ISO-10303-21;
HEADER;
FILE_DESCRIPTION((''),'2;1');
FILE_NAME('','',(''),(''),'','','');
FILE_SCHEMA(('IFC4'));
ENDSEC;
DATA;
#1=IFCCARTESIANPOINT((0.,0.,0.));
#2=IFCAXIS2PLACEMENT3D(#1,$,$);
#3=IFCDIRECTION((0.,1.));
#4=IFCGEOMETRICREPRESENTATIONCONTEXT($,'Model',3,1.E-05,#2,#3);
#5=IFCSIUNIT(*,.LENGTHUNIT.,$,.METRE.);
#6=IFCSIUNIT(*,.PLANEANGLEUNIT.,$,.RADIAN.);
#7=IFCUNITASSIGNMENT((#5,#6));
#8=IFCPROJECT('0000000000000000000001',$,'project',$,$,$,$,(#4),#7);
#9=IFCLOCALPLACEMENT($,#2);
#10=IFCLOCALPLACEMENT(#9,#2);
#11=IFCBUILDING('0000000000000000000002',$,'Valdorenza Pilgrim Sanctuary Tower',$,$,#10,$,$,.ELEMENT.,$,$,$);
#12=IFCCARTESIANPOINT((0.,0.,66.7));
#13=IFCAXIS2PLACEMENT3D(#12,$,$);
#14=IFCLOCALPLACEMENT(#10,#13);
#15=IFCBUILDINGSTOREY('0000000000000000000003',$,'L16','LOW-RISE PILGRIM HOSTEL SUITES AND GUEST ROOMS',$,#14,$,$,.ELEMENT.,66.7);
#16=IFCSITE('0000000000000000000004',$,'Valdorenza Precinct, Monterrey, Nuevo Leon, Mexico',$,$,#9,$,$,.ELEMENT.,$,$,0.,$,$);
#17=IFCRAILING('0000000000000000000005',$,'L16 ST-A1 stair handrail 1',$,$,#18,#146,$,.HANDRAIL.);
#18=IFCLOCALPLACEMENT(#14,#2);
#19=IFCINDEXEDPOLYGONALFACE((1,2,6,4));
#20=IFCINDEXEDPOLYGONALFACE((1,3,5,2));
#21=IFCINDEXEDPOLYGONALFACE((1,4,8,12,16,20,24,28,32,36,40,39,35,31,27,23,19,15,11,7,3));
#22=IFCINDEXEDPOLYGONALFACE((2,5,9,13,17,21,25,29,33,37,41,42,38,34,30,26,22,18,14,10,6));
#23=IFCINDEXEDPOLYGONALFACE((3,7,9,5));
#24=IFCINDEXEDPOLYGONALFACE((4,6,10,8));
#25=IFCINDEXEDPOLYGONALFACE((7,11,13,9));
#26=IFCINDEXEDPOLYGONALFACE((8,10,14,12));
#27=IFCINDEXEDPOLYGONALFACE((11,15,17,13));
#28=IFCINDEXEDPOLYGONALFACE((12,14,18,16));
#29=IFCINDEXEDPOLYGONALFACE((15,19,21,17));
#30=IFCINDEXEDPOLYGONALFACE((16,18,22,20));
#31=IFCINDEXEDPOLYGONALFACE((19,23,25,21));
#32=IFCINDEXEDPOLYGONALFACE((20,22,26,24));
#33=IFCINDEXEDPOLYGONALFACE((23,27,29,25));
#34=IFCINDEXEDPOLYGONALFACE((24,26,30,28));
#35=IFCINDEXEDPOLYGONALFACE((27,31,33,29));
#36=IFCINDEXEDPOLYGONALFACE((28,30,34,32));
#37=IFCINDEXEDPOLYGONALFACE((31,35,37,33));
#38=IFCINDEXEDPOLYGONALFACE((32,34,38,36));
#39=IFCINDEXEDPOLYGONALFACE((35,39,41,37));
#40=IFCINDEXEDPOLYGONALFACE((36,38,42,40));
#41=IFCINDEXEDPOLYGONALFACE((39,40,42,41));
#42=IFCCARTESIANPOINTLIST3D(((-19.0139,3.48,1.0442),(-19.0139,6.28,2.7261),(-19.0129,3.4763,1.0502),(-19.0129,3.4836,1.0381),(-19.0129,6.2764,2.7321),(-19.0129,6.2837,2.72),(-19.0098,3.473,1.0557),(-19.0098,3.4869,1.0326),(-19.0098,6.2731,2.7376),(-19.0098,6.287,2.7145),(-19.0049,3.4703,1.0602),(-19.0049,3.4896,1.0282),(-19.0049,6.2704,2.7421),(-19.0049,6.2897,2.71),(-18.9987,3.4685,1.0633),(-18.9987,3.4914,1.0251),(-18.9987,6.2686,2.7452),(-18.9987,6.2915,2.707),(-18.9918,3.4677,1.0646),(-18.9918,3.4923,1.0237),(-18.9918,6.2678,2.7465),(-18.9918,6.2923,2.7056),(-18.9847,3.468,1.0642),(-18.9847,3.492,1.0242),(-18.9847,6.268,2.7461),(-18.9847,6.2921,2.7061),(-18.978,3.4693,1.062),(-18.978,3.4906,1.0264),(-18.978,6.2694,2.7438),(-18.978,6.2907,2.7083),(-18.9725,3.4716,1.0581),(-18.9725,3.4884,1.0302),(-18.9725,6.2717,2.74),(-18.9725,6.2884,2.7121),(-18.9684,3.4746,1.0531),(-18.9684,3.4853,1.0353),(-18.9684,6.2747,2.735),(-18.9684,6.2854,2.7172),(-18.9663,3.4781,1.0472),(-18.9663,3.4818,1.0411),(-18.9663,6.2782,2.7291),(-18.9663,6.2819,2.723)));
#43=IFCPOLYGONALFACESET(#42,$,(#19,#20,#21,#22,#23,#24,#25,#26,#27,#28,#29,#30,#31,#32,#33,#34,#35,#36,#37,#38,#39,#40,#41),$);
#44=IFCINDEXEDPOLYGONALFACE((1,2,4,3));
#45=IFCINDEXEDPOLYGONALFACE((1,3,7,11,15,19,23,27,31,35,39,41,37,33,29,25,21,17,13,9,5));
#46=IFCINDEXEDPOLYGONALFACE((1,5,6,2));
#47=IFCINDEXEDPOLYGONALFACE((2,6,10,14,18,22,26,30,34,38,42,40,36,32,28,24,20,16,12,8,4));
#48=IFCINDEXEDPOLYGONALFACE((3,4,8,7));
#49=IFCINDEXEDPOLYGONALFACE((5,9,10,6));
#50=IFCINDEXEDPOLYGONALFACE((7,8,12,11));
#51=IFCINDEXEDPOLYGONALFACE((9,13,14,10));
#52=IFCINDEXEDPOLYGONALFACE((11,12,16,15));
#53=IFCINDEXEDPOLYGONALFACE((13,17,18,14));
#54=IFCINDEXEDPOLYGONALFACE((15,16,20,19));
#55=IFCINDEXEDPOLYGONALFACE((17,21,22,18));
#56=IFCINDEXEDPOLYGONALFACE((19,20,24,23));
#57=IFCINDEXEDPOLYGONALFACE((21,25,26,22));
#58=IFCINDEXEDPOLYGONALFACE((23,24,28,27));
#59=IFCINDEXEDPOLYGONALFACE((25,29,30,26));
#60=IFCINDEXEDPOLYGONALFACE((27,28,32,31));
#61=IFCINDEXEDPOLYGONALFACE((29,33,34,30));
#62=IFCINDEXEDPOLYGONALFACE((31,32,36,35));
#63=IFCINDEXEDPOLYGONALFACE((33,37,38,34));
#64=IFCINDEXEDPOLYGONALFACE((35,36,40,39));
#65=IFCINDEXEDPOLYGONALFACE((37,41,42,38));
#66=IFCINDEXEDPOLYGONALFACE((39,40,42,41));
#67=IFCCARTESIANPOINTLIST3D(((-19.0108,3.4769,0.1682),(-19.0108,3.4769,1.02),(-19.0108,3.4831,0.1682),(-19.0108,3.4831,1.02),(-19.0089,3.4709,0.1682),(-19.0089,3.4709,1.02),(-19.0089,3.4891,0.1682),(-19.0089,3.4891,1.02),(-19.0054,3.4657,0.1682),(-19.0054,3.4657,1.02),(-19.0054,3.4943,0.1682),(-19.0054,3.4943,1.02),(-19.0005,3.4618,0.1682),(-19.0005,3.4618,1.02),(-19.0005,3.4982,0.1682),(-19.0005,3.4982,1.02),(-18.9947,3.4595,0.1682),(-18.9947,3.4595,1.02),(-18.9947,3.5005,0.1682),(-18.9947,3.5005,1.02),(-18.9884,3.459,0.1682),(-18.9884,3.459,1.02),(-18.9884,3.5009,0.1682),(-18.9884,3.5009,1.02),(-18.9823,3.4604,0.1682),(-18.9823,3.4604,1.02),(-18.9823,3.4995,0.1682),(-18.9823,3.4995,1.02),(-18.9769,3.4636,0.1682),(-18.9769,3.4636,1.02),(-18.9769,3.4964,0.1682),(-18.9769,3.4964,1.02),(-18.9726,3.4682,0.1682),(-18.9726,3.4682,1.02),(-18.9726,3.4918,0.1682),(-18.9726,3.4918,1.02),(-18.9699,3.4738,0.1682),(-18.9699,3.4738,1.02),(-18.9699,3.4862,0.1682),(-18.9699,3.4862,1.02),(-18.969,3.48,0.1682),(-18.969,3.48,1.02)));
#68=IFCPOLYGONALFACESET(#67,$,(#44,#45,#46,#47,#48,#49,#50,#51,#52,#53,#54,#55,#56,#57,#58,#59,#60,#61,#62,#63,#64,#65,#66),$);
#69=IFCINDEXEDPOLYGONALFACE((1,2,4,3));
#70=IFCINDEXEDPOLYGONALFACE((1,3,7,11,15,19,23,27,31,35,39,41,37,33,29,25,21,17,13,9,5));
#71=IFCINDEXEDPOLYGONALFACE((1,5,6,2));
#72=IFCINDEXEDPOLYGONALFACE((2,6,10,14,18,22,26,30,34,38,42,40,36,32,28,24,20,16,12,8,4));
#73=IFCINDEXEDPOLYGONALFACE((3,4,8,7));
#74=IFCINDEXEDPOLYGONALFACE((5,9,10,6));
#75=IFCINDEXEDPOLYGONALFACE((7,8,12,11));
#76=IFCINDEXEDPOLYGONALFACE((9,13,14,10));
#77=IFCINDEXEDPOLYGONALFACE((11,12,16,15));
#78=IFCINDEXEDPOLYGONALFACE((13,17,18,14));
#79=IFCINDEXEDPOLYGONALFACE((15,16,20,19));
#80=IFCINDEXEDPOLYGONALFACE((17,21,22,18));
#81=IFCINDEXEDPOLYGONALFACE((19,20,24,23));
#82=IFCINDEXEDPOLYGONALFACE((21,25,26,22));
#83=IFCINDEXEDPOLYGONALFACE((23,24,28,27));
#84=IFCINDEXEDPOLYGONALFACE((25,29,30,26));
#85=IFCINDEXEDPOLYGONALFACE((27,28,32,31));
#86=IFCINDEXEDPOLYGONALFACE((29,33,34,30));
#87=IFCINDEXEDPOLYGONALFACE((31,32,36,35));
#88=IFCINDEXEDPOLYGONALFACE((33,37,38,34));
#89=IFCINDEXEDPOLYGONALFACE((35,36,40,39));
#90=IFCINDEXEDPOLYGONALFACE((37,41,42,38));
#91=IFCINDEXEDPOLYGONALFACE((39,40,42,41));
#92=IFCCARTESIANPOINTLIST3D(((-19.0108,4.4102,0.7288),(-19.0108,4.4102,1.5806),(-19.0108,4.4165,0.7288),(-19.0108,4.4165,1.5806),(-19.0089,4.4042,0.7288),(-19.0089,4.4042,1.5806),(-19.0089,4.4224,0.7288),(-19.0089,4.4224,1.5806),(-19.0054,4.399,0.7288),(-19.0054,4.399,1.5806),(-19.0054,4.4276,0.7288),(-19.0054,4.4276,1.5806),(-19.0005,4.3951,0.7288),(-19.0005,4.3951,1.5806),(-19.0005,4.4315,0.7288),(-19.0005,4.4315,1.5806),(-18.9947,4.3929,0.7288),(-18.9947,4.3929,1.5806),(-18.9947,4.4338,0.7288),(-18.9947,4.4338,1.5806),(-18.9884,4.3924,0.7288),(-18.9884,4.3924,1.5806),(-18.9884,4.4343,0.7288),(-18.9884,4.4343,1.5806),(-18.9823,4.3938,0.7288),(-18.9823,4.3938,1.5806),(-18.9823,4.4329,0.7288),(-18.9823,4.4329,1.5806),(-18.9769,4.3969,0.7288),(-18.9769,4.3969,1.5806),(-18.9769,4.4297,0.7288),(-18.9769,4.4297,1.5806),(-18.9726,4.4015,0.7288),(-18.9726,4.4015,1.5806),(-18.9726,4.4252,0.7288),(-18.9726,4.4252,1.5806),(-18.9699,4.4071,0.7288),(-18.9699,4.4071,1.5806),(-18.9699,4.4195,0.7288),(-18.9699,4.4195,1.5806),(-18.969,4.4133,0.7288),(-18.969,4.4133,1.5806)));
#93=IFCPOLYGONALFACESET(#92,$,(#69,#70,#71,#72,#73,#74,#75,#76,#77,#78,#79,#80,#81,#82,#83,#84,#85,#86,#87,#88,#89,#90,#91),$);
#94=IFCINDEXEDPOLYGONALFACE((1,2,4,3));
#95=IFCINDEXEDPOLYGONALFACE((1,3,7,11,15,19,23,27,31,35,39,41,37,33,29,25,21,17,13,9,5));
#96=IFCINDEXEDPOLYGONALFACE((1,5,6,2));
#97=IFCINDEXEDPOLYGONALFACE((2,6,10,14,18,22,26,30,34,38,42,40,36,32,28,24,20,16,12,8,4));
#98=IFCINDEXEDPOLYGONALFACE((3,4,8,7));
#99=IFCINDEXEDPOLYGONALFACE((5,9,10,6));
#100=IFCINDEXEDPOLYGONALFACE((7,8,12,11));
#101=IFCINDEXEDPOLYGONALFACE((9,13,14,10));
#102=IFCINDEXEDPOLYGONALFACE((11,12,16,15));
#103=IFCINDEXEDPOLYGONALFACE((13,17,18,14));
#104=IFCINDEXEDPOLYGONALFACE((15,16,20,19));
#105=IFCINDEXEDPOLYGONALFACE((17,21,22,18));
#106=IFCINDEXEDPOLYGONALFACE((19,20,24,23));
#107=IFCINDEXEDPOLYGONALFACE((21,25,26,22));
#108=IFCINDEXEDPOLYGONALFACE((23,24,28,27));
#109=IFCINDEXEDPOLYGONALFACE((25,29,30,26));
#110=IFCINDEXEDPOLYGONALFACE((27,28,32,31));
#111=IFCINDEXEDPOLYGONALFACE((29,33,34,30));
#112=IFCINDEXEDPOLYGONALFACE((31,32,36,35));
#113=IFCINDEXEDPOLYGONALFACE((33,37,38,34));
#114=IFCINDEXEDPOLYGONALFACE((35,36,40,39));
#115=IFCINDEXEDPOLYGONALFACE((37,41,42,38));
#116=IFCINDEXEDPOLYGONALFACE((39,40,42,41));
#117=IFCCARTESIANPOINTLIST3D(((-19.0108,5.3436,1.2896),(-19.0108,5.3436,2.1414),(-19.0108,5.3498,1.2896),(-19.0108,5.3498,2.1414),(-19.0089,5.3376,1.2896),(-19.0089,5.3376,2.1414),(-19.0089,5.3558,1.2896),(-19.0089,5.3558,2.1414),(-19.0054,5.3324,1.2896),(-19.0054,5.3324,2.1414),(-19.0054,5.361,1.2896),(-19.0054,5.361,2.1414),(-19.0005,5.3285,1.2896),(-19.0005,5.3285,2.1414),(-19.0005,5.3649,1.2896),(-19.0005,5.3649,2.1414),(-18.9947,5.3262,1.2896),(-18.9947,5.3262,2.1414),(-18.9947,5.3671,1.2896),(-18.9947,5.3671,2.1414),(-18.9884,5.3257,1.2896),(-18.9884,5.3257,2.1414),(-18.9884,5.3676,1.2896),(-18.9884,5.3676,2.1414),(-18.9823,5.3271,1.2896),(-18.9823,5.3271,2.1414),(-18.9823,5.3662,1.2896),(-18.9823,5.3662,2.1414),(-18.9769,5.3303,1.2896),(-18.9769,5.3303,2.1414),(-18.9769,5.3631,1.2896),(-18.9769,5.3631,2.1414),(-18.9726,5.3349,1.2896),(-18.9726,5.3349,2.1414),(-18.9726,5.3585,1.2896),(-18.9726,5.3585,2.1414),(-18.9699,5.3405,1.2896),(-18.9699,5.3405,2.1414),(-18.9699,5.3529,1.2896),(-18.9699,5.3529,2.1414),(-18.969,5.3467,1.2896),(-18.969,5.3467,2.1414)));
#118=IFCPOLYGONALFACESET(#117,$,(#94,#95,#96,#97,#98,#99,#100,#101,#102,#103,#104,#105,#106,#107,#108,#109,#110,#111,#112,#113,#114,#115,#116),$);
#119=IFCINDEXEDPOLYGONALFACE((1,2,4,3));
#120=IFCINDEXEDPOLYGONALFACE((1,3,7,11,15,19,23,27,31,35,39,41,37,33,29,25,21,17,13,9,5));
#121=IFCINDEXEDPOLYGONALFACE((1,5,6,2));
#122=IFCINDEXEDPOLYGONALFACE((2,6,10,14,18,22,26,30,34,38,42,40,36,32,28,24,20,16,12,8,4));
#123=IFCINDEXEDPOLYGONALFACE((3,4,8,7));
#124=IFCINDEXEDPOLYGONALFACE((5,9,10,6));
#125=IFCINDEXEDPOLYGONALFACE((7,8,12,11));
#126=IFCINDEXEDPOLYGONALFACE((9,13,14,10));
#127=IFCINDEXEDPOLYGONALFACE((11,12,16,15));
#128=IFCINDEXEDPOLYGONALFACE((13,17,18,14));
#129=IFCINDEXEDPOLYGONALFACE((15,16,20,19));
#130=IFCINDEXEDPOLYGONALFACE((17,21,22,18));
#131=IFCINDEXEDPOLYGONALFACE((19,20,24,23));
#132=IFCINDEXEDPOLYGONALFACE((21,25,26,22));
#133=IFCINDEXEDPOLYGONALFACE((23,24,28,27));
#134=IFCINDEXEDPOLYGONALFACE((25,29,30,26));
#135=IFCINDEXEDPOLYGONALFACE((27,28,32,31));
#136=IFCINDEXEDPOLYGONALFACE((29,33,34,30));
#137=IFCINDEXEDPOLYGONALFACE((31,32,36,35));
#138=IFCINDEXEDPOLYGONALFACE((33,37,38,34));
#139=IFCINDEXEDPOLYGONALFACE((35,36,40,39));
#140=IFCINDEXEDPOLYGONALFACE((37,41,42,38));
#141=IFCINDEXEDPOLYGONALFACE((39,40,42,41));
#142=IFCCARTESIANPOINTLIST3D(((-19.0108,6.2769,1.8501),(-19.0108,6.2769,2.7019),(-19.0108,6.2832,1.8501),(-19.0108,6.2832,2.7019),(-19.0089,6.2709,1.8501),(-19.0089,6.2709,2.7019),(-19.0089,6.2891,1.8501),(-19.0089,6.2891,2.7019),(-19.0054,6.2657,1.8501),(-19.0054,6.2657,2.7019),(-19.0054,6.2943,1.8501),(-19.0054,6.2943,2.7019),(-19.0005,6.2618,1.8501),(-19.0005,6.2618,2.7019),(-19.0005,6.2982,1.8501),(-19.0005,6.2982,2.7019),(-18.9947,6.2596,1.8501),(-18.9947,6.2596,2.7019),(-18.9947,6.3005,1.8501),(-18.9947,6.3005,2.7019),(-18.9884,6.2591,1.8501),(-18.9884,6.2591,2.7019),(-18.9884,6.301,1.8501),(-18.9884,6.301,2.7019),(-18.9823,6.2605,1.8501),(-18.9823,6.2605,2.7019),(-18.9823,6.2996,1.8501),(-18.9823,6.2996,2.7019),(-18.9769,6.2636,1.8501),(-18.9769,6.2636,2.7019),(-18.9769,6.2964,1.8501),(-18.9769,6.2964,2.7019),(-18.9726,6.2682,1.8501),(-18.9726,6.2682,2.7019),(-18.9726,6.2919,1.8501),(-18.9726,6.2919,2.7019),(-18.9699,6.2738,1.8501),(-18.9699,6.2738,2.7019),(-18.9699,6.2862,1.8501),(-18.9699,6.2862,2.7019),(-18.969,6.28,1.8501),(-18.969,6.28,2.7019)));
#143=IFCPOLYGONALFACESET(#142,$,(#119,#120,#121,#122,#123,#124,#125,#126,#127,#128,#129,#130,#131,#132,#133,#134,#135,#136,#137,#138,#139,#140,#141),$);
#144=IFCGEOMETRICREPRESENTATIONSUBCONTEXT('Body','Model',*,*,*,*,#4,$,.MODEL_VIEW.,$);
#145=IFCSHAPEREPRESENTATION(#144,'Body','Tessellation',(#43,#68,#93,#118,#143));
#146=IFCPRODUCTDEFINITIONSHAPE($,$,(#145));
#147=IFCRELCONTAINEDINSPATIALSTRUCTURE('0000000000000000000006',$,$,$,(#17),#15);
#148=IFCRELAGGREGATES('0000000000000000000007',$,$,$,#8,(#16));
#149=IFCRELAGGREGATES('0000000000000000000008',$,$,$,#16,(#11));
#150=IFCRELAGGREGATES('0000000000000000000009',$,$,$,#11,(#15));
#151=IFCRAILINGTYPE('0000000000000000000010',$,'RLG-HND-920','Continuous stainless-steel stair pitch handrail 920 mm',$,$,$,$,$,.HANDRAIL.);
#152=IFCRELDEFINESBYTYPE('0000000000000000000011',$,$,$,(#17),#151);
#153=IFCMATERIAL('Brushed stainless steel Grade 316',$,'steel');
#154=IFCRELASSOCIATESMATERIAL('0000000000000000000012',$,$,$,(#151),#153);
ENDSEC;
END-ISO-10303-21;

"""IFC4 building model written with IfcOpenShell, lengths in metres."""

from ifc_helpers import new_model, si_unit, direction, frame, origin, origin_2d, place, context, subcontext, project, spatial, circle, extrude, material, type_object, element, save


model = new_model("IFC4")

# Units and contexts
model_context = context("Model", 3, precision=1e-05, world=origin(), true_north=direction((0.0, 1.0)))
body_context = subcontext(model_context, "Body", "Model", "MODEL_VIEW")
ifc_project = project(units=[si_unit("LENGTHUNIT", "METRE"), si_unit("PLANEANGLEUNIT", "RADIAN")], contexts=[model_context])

# Site, building, storey
site_placement = place(None, origin())
site = spatial("IfcSite", under=ifc_project, at=site_placement, Name="Valdorenza Precinct, Monterrey, Nuevo Leon, Mexico", CompositionType="ELEMENT", RefElevation=0.0)
building_placement = place(site_placement, origin())
building = spatial("IfcBuilding", under=site, at=building_placement, Name="Valdorenza Pilgrim Sanctuary Tower", CompositionType="ELEMENT")
storey_placement = place(building_placement, frame((0.0, 0.0, 66.7)))
storey = spatial("IfcBuildingStorey", under=building, at=storey_placement, Name="L16", Description="LOW-RISE PILGRIM HOSTEL SUITES AND GUEST ROOMS", CompositionType="ELEMENT", Elevation=66.7)

# Shared definitions
ifc_material_1 = material(Name="Brushed stainless steel Grade 316", Category="steel")

# Railing
railing_type = type_object("IfcRailingType", Name="RLG-HND-920", Description="Continuous stainless-steel stair pitch handrail 920 mm", PredefinedType="HANDRAIL", material=ifc_material_1)
railing_placement = place(storey_placement, frame((-18.99, 3.48, 0.1682)))
element("IfcRailing", 1, at=railing_placement, inside=storey, type_object=railing_type, Name="L16 ST-A1 stair handrail 1", PredefinedType="HANDRAIL", context=body_context, shape_type="SweptSolid", body=[
    extrude(circle(Radius=0.0239, at=origin_2d()), frame((0.0, 0.0, 0.876), z_axis=(0.0, 0.857242, 0.514913), x_axis=(-1.0, 0.0, 0.0)), (0.0, 0.0, 1.0), 3.2664),
    extrude(circle(Radius=0.021, at=origin_2d()), origin(), (0.0, 0.0, 1.0), 0.8518),
    extrude(circle(Radius=0.021, at=origin_2d()), frame((0.0, 0.9333, 0.5605)), (0.0, 0.0, 1.0), 0.8518),
    extrude(circle(Radius=0.021, at=origin_2d()), frame((0.0, 1.8667, 1.1213)), (0.0, 0.0, 1.0), 0.8518),
    extrude(circle(Radius=0.021, at=origin_2d()), frame((0.0, 2.8, 1.6819)), (0.0, 0.0, 1.0), 0.8518),
])

save(model, "model.ifc")
